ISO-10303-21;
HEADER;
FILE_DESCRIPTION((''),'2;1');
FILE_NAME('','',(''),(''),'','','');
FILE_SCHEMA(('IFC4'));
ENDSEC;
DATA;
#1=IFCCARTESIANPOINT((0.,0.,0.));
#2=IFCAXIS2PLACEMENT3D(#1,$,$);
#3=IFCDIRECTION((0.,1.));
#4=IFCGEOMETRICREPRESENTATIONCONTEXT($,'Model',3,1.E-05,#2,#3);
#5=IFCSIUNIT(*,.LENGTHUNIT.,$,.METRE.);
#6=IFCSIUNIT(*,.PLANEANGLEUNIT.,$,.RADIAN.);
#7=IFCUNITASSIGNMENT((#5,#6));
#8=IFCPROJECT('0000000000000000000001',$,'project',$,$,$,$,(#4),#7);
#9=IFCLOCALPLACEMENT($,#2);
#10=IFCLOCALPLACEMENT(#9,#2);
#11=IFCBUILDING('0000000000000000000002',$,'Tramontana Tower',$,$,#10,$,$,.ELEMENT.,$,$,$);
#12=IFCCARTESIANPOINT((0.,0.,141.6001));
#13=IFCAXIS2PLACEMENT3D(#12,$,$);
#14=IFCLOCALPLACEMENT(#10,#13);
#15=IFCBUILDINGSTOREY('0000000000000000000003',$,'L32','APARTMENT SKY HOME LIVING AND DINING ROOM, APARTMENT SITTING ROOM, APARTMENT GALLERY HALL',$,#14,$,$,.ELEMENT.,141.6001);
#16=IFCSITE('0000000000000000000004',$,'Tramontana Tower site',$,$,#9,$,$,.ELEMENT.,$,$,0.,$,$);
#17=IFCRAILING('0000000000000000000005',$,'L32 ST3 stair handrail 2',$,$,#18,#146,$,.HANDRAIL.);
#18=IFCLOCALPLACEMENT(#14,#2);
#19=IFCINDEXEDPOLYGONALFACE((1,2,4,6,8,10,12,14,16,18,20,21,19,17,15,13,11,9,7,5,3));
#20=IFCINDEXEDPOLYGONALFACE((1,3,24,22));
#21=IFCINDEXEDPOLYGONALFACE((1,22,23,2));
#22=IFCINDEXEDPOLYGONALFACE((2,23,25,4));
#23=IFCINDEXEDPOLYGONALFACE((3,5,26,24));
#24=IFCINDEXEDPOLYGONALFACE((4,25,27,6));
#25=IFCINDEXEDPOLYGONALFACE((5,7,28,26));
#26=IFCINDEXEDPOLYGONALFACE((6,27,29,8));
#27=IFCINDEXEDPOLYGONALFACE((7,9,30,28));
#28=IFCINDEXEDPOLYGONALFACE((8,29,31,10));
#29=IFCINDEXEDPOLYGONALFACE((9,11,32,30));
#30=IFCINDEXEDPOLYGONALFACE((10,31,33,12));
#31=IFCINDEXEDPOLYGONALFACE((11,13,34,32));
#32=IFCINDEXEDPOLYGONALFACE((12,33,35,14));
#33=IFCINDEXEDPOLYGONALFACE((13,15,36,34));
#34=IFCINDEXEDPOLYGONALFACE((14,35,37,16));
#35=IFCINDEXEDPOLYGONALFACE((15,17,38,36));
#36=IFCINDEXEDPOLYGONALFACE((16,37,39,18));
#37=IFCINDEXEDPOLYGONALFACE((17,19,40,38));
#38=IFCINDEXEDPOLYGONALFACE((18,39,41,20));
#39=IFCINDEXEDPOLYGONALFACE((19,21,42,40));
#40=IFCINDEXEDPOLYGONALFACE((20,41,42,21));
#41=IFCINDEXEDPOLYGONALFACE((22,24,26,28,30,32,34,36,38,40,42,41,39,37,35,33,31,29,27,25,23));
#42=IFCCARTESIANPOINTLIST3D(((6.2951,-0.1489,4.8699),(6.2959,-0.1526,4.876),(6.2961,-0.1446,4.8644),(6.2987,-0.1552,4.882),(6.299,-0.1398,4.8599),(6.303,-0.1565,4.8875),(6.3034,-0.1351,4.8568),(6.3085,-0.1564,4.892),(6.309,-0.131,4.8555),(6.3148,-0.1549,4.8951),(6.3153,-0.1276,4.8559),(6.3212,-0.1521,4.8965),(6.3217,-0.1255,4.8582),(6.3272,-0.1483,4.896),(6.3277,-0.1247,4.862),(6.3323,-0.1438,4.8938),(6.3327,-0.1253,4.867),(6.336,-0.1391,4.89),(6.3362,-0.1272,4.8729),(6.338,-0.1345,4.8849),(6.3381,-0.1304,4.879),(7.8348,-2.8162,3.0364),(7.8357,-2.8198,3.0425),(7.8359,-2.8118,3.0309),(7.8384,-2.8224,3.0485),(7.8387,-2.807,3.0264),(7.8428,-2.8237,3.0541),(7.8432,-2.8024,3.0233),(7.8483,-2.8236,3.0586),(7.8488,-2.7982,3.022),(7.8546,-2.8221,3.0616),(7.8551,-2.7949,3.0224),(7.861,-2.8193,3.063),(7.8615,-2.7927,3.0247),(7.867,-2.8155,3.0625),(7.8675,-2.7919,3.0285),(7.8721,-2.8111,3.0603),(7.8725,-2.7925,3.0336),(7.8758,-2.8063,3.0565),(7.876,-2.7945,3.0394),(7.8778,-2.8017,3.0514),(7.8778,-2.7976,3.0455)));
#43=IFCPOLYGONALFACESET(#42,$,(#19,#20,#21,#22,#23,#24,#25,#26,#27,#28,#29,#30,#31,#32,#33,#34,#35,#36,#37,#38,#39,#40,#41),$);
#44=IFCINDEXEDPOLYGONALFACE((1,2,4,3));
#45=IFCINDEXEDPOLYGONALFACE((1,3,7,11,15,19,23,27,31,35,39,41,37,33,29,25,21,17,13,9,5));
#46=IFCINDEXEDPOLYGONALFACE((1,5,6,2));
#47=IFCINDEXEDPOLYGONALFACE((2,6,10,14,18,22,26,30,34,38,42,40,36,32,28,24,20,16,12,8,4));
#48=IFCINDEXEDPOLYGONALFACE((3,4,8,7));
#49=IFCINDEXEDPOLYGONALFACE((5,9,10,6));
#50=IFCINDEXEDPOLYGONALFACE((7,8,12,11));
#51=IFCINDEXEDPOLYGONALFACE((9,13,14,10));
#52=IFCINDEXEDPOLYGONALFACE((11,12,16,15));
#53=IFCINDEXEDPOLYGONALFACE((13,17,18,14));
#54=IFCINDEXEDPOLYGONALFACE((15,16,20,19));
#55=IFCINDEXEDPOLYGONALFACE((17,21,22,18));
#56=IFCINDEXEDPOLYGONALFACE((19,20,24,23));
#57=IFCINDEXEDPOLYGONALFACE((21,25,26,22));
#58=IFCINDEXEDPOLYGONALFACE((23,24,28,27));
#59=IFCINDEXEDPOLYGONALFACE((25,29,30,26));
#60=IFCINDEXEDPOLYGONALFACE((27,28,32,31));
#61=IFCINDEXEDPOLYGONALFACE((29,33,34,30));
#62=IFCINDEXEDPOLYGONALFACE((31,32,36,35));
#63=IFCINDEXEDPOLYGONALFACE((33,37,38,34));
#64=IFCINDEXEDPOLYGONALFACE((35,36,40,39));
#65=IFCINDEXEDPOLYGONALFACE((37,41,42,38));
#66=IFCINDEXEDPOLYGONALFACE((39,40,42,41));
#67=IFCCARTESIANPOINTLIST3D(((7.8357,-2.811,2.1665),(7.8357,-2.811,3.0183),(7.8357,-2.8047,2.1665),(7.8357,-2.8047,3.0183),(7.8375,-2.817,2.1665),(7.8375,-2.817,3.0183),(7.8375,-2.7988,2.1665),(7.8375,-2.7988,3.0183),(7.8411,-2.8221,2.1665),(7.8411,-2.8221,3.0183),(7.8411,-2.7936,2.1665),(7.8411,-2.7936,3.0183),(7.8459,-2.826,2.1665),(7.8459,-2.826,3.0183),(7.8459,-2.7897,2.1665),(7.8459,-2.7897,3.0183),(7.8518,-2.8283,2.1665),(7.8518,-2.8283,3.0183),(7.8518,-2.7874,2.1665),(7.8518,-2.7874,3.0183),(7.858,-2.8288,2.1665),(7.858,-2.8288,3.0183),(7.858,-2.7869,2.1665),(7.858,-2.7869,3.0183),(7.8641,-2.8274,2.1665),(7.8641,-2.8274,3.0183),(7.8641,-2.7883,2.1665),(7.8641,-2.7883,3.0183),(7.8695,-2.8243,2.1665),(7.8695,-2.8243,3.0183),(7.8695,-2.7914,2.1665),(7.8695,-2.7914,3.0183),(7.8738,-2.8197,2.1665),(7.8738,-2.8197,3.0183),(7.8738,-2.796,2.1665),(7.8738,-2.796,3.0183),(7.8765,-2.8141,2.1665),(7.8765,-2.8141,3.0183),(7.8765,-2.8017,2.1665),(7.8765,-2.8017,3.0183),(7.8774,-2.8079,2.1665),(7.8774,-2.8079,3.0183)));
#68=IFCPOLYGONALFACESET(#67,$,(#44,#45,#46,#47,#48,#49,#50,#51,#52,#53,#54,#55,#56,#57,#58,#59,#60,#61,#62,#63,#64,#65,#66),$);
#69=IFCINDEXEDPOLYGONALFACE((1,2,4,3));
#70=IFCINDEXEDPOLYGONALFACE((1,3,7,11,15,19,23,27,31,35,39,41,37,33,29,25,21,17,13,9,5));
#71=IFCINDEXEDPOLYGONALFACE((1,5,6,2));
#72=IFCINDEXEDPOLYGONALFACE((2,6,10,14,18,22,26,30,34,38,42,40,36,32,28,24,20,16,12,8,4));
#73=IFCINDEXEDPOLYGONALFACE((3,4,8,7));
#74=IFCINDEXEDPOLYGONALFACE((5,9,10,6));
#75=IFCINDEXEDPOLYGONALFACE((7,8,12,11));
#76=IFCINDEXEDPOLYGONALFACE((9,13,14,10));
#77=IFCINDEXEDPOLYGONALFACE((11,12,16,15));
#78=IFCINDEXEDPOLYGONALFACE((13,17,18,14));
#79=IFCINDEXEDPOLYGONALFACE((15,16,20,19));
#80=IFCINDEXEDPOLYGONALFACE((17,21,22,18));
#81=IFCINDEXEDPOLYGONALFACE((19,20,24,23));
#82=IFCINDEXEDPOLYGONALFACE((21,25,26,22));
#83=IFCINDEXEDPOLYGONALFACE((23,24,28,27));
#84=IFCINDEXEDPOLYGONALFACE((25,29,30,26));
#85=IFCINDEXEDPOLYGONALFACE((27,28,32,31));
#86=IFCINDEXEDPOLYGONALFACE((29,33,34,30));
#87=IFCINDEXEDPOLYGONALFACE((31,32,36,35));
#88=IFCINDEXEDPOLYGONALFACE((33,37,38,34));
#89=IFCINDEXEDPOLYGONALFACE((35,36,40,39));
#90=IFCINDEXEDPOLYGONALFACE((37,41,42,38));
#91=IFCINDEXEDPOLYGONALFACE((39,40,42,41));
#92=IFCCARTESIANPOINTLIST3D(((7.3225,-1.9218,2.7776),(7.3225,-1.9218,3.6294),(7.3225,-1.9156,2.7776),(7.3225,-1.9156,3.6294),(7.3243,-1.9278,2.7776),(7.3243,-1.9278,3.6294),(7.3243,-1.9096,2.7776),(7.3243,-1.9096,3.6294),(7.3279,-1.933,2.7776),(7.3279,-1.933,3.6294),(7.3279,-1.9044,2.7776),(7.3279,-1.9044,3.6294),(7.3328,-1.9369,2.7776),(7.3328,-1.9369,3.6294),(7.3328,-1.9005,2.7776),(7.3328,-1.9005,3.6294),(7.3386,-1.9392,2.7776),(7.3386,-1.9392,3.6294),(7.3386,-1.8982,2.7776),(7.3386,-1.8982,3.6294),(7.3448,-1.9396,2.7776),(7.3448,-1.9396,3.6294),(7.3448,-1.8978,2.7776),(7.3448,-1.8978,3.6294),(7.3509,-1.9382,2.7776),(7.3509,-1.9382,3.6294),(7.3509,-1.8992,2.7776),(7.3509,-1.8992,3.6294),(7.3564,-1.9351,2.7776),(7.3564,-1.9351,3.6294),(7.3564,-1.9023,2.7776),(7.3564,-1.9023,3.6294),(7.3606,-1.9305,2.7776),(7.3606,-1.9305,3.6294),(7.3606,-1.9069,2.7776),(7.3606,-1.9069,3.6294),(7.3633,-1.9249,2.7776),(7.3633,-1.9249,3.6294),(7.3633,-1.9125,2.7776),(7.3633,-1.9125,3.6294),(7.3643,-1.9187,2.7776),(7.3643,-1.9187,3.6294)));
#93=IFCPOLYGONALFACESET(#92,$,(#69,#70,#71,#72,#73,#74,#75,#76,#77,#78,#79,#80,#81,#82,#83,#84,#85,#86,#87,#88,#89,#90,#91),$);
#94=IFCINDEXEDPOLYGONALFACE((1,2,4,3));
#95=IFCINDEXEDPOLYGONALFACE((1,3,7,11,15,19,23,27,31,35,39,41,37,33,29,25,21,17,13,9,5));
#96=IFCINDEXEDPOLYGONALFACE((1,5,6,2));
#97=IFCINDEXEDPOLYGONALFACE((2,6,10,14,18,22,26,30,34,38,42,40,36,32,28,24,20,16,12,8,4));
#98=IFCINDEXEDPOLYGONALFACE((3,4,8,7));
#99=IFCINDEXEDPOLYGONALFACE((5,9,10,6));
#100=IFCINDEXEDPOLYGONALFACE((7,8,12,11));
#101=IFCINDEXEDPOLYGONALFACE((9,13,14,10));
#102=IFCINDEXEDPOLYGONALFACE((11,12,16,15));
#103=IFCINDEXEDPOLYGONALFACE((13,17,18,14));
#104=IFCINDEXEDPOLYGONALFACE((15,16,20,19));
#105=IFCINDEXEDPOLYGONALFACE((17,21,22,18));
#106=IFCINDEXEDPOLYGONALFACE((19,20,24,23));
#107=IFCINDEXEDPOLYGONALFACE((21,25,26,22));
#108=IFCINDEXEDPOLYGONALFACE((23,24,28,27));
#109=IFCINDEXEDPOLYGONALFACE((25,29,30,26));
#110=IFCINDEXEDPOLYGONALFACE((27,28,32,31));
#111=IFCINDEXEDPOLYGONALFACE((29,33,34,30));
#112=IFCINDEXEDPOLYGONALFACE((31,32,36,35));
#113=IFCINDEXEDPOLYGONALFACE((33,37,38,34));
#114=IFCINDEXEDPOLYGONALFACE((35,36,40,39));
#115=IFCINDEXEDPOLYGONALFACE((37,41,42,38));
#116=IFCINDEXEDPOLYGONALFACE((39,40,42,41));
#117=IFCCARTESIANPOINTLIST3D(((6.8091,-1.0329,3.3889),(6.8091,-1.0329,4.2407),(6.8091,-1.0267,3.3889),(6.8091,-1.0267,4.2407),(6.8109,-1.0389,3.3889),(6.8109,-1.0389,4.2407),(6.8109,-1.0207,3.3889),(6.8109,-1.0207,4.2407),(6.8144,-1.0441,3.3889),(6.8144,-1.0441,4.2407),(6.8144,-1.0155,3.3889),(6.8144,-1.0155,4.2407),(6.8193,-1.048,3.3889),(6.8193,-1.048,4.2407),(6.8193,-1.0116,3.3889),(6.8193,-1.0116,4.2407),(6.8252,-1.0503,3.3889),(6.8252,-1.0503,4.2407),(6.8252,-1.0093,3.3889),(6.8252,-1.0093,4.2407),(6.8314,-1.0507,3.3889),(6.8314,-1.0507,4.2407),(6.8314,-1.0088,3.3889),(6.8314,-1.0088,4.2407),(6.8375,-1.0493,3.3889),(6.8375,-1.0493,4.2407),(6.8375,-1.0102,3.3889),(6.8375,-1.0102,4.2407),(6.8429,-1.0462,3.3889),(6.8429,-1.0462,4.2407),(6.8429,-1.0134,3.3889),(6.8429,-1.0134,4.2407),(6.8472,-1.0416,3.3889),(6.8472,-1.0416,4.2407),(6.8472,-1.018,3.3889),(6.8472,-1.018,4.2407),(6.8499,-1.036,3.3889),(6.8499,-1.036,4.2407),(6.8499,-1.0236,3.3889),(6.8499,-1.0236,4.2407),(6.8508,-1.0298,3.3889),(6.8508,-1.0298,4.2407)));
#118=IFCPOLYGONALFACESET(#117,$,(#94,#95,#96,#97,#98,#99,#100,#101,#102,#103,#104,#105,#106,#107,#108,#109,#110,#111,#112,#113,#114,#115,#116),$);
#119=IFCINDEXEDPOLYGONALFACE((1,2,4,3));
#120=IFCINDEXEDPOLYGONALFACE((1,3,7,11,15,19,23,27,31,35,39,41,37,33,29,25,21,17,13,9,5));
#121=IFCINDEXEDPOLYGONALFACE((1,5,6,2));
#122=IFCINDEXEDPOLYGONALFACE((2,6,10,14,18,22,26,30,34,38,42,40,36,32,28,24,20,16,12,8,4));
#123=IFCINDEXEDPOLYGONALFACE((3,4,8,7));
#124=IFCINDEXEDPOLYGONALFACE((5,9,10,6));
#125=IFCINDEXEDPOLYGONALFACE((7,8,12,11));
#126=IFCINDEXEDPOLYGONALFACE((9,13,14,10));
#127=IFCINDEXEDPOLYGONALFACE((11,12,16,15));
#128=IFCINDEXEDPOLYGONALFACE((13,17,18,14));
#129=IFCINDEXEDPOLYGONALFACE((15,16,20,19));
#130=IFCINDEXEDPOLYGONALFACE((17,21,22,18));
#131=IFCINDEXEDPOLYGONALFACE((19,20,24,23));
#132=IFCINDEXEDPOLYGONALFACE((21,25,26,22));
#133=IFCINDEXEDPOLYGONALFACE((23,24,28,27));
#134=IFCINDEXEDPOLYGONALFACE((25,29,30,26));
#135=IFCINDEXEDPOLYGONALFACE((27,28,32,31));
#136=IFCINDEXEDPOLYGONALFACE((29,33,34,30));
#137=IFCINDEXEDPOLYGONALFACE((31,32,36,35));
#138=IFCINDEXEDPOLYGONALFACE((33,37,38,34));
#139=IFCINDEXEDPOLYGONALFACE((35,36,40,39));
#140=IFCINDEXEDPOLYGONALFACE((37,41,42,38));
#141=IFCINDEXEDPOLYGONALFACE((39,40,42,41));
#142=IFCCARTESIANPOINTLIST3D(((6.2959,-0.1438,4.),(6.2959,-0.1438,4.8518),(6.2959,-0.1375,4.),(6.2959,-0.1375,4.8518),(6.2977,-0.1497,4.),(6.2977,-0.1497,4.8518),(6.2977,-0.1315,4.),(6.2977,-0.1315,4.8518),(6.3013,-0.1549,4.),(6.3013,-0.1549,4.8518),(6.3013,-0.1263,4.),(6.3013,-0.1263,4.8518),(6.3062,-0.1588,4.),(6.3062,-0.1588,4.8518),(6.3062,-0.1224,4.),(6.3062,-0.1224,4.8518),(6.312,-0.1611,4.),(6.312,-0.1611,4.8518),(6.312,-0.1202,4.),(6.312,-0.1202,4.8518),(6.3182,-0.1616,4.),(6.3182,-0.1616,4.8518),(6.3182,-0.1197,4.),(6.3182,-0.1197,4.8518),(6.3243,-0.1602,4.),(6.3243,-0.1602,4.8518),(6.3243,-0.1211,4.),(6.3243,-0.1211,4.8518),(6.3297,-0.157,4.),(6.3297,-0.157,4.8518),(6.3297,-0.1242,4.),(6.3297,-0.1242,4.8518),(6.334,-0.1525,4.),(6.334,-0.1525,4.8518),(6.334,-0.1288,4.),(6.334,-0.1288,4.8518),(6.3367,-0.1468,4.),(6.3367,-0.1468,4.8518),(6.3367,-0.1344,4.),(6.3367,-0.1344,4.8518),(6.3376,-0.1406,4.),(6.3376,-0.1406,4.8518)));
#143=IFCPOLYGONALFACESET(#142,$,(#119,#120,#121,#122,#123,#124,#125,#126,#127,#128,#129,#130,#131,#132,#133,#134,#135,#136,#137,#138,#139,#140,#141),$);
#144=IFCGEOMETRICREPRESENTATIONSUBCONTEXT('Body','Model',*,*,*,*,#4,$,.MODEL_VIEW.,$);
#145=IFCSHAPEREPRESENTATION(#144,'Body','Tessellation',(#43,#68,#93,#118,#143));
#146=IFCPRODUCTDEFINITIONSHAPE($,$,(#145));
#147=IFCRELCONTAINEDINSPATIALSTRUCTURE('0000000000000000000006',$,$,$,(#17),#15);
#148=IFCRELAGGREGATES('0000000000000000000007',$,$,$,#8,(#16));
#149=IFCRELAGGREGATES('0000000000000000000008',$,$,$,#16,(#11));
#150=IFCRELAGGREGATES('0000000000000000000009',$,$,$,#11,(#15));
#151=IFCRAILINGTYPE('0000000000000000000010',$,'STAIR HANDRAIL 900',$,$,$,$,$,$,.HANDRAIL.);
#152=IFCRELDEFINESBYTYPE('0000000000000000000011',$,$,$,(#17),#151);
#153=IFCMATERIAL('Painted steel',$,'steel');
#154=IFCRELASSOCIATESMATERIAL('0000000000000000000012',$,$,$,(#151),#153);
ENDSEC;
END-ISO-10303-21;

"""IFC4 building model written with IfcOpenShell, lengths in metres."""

from ifc_helpers import new_model, si_unit, direction, frame, origin, origin_2d, place, context, subcontext, project, spatial, circle, extrude, material, type_object, element, save


model = new_model("IFC4")

# Units and contexts
model_context = context("Model", 3, precision=1e-05, world=origin(), true_north=direction((0.0, 1.0)))
body_context = subcontext(model_context, "Body", "Model", "MODEL_VIEW")
ifc_project = project(units=[si_unit("LENGTHUNIT", "METRE"), si_unit("PLANEANGLEUNIT", "RADIAN")], contexts=[model_context])

# Site, building, storey
site_placement = place(None, origin())
site = spatial("IfcSite", under=ifc_project, at=site_placement, Name="Tramontana Tower site", CompositionType="ELEMENT", RefElevation=0.0)
building_placement = place(site_placement, origin())
building = spatial("IfcBuilding", under=site, at=building_placement, Name="Tramontana Tower", CompositionType="ELEMENT")
storey_placement = place(building_placement, frame((0.0, 0.0, 141.6001)))
storey = spatial("IfcBuildingStorey", under=building, at=storey_placement, Name="L32", Description="APARTMENT SKY HOME LIVING AND DINING ROOM, APARTMENT SITTING ROOM, APARTMENT GALLERY HALL", CompositionType="ELEMENT", Elevation=141.6001)

# Railing
ifc_material_1 = material(Name="Painted steel", Category="steel")
railing_type_1 = type_object("IfcRailingType", Name="STAIR HANDRAIL 900", PredefinedType="HANDRAIL", material=ifc_material_1)
railing_1_placement = place(storey_placement, frame((7.8564, -2.8079, 2.1665)))
element("IfcRailing", 1, at=railing_1_placement, inside=storey, type_object=railing_type_1, Name="L32 ST3 stair handrail 2", PredefinedType="HANDRAIL", context=body_context, shape_type="SweptSolid", body=[
    extrude(circle(Radius=0.0239, at=origin_2d()), frame((0.0, 0.0, 0.876), z_axis=(-0.429601, 0.744155, 0.511543), x_axis=(-0.866044, -0.499967, 0.0)), (0.0, 0.0, 1.0), 3.5842),
    extrude(circle(Radius=0.021, at=origin_2d()), origin(), (0.0, 0.0, 1.0), 0.8518),
    extrude(circle(Radius=0.021, at=origin_2d()), frame((-0.5132, 0.8892, 0.6111)), (0.0, 0.0, 1.0), 0.8518),
    extrude(circle(Radius=0.021, at=origin_2d()), frame((-1.0266, 1.7781, 1.2224)), (0.0, 0.0, 1.0), 0.8518),
    extrude(circle(Radius=0.021, at=origin_2d()), frame((-1.5398, 2.6672, 1.8335)), (0.0, 0.0, 1.0), 0.8518),
])

save(model, "model.ifc")
